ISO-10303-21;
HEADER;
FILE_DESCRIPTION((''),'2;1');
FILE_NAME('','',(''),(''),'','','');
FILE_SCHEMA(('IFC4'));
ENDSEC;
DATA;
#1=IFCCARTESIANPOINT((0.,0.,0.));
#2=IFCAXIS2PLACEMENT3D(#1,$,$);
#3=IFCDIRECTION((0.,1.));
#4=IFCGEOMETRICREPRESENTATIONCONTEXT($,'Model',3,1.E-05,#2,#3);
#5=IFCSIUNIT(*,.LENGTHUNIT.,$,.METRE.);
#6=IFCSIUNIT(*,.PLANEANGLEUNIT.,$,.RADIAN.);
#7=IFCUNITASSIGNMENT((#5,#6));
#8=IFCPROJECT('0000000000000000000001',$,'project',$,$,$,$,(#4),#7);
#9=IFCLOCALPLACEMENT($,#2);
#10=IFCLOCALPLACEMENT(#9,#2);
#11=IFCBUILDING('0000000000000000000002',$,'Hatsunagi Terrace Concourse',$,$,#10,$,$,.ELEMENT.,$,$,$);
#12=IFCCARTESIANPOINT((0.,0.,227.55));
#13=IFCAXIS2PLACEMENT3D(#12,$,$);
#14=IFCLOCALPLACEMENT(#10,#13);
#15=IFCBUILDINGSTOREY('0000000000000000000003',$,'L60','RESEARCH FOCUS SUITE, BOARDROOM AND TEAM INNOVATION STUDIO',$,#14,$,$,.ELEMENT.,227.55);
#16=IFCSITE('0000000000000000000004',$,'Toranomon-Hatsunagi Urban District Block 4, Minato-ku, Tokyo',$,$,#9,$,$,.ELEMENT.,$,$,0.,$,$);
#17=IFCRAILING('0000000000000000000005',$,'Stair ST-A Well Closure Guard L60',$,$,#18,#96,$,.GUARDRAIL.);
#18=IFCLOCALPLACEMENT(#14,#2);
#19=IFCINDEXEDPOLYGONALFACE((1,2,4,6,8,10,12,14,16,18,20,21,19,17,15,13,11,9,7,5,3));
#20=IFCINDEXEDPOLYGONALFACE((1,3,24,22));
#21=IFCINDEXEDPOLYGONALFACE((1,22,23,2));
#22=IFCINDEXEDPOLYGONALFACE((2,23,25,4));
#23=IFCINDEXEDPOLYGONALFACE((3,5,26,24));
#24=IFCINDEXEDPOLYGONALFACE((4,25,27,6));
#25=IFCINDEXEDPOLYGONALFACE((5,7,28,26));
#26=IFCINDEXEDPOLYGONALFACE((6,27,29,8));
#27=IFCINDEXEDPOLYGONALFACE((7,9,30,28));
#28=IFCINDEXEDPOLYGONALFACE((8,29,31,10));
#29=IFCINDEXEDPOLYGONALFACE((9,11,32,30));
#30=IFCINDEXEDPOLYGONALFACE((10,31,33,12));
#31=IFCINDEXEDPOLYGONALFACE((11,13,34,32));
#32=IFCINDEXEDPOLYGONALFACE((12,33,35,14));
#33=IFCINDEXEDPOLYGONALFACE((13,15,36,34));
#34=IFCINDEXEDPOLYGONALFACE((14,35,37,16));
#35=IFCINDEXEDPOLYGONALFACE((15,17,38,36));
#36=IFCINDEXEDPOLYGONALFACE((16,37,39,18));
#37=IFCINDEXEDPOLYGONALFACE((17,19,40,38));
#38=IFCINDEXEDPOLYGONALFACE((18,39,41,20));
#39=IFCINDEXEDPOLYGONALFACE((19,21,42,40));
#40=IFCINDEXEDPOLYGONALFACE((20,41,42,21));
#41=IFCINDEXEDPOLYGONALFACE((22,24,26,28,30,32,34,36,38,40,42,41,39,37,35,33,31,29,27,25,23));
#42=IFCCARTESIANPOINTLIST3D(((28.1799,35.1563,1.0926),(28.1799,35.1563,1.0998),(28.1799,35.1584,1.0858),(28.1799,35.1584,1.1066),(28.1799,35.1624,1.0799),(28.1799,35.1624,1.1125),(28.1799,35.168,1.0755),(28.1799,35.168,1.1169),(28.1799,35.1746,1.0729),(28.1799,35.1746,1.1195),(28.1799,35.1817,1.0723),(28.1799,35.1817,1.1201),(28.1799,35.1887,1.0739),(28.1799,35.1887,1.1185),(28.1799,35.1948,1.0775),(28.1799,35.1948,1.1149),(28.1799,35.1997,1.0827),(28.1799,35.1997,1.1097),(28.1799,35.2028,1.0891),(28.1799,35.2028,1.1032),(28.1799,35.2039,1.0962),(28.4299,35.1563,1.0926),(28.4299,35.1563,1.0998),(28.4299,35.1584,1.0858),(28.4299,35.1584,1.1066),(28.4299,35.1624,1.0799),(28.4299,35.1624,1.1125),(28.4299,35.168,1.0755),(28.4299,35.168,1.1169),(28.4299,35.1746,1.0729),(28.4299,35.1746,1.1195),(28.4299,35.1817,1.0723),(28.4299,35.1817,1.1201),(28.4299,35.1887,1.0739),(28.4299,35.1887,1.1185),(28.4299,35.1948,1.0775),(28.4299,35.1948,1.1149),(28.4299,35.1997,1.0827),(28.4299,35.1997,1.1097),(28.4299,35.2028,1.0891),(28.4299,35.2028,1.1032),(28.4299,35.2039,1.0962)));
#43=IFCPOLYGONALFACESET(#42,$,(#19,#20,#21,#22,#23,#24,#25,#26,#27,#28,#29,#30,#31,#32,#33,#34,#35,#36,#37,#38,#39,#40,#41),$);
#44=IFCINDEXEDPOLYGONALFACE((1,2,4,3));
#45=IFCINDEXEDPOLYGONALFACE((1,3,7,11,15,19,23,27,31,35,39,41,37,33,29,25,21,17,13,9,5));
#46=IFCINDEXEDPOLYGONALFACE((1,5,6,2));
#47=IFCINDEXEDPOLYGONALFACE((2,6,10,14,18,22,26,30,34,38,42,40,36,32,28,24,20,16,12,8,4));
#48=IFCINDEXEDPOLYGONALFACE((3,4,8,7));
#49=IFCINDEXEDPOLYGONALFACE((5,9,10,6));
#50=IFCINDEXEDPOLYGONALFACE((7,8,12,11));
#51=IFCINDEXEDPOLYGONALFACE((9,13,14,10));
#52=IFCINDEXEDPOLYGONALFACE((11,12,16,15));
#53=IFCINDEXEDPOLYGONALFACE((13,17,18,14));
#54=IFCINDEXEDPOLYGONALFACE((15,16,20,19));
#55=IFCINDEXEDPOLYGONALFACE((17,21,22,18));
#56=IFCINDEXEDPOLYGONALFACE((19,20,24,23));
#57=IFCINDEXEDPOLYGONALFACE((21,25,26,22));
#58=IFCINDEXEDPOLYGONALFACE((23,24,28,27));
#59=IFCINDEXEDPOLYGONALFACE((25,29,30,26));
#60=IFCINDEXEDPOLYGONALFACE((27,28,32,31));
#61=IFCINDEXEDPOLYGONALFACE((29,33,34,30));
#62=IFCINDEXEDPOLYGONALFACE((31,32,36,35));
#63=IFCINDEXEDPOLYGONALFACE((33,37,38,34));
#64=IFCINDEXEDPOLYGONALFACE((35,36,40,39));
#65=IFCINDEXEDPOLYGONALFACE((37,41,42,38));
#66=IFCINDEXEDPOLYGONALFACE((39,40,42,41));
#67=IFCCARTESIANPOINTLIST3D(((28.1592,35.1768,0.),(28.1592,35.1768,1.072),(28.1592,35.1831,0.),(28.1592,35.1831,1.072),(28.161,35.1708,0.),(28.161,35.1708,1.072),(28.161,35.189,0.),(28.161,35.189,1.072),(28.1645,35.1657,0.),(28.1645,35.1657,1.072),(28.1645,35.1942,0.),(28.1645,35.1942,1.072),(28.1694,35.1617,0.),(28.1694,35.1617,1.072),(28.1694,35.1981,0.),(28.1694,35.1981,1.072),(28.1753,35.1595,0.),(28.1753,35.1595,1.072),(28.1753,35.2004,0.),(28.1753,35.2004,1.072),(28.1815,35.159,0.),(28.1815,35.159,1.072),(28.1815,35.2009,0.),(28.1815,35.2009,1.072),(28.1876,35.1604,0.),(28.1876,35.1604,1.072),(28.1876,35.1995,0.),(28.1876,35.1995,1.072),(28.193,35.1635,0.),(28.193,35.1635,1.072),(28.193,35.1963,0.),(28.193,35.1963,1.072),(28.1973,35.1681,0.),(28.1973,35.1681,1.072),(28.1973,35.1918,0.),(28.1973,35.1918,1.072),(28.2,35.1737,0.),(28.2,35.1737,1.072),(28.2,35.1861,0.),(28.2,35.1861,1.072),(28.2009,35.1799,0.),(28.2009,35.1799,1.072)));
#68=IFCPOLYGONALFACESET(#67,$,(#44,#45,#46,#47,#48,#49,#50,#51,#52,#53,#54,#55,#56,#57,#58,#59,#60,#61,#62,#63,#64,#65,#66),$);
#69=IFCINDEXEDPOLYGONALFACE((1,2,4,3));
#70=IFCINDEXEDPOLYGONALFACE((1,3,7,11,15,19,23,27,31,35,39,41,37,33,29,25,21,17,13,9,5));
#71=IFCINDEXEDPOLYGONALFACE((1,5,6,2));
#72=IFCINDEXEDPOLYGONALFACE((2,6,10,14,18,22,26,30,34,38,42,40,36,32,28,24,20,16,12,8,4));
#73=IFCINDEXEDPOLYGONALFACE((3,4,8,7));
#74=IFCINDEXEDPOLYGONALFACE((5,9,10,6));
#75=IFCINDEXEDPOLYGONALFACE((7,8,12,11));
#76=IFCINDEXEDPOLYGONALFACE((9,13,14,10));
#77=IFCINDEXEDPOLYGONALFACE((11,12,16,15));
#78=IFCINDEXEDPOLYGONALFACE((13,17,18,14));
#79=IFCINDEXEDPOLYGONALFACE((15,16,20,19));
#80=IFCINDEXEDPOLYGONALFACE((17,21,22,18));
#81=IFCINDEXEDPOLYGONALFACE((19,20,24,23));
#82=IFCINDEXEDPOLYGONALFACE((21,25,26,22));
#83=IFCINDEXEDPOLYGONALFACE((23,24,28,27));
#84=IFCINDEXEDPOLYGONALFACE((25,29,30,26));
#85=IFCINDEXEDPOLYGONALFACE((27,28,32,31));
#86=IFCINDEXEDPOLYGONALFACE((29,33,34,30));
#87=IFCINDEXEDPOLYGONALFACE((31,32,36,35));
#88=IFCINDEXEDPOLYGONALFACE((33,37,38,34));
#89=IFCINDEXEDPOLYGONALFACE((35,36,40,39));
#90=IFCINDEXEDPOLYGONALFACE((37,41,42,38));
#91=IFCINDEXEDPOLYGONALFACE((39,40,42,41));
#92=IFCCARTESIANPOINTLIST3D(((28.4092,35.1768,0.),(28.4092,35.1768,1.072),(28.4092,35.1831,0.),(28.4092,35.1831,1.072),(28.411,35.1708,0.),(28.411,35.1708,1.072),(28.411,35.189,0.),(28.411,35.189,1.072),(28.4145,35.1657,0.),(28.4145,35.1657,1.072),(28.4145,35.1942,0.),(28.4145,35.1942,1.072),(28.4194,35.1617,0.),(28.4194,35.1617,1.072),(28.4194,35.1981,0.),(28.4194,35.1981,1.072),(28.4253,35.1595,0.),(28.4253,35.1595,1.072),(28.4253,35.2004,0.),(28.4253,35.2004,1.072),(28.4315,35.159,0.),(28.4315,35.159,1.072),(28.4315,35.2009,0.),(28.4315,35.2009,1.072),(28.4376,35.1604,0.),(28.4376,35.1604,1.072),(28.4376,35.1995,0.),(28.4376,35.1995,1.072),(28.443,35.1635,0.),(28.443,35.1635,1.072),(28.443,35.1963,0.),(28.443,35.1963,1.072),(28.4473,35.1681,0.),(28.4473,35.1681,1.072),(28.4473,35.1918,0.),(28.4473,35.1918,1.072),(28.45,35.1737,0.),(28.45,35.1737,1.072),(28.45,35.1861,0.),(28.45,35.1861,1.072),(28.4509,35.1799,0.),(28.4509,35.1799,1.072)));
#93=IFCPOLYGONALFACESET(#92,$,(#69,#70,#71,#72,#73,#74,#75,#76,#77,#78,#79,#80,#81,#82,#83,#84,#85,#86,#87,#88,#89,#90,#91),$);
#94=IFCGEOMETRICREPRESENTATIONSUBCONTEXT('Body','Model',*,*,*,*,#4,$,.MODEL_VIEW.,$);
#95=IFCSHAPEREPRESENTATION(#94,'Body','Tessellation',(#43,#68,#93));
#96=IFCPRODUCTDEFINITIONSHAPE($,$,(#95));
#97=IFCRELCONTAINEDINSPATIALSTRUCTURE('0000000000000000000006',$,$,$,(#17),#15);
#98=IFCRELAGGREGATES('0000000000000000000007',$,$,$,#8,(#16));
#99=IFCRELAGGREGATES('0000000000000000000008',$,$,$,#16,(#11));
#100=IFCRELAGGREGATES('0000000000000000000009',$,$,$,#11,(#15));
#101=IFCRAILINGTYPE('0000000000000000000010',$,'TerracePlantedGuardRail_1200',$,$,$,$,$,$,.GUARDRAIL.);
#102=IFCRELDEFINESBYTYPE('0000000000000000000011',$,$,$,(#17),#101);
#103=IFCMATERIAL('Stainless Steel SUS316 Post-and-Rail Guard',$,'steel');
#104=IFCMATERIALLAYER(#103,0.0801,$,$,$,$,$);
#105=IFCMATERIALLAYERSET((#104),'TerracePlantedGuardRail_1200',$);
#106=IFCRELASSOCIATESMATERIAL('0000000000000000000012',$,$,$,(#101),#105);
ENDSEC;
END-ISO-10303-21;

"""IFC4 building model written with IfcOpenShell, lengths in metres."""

from ifc_helpers import new_model, si_unit, direction, frame, origin, origin_2d, place, context, subcontext, project, spatial, circle, extrude, material, layer, layer_set, type_object, element, save


model = new_model("IFC4")

# Units and contexts
model_context = context("Model", 3, precision=1e-05, world=origin(), true_north=direction((0.0, 1.0)))
body_context = subcontext(model_context, "Body", "Model", "MODEL_VIEW")
ifc_project = project(units=[si_unit("LENGTHUNIT", "METRE"), si_unit("PLANEANGLEUNIT", "RADIAN")], contexts=[model_context])

# Site, building, storey
site_placement = place(None, origin())
site = spatial("IfcSite", under=ifc_project, at=site_placement, Name="Toranomon-Hatsunagi Urban District Block 4, Minato-ku, Tokyo", CompositionType="ELEMENT", RefElevation=0.0)
building_placement = place(site_placement, origin())
building = spatial("IfcBuilding", under=site, at=building_placement, Name="Hatsunagi Terrace Concourse", CompositionType="ELEMENT")
storey_placement = place(building_placement, frame((0.0, 0.0, 227.55)))
storey = spatial("IfcBuildingStorey", under=building, at=storey_placement, Name="L60", Description="RESEARCH FOCUS SUITE, BOARDROOM AND TEAM INNOVATION STUDIO", CompositionType="ELEMENT", Elevation=227.55)

# Railing
ifc_material_1 = material(Name="Stainless Steel SUS316 Post-and-Rail Guard", Category="steel")
ifc_layer_1 = layer(ifc_material_1, 0.0801)
ifc_layer_set_1 = layer_set([ifc_layer_1], Name="TerracePlantedGuardRail_1200")
railing_type_1 = type_object("IfcRailingType", Name="TerracePlantedGuardRail_1200", PredefinedType="GUARDRAIL", material=ifc_layer_set_1)
railing_1_placement = place(storey_placement, frame((28.1799, 35.1799, 0.0)))
element("IfcRailing", 1, at=railing_1_placement, inside=storey, type_object=railing_type_1, Name="Stair ST-A Well Closure Guard L60", PredefinedType="GUARDRAIL", context=body_context, shape_type="SweptSolid", body=[
    extrude(circle(Radius=0.0239, at=origin_2d()), frame((0.0, 0.0, 1.0962), z_axis=(1.0, 0.0, 0.0), x_axis=(0.0, 1.0, 0.0)), (0.0, 0.0, 1.0), 0.25),
    extrude(circle(Radius=0.021, at=origin_2d()), origin(), (0.0, 0.0, 1.0), 1.072),
    extrude(circle(Radius=0.021, at=origin_2d()), frame((0.25, 0.0, 0.0)), (0.0, 0.0, 1.0), 1.072),
])

save(model, "model.ifc")
